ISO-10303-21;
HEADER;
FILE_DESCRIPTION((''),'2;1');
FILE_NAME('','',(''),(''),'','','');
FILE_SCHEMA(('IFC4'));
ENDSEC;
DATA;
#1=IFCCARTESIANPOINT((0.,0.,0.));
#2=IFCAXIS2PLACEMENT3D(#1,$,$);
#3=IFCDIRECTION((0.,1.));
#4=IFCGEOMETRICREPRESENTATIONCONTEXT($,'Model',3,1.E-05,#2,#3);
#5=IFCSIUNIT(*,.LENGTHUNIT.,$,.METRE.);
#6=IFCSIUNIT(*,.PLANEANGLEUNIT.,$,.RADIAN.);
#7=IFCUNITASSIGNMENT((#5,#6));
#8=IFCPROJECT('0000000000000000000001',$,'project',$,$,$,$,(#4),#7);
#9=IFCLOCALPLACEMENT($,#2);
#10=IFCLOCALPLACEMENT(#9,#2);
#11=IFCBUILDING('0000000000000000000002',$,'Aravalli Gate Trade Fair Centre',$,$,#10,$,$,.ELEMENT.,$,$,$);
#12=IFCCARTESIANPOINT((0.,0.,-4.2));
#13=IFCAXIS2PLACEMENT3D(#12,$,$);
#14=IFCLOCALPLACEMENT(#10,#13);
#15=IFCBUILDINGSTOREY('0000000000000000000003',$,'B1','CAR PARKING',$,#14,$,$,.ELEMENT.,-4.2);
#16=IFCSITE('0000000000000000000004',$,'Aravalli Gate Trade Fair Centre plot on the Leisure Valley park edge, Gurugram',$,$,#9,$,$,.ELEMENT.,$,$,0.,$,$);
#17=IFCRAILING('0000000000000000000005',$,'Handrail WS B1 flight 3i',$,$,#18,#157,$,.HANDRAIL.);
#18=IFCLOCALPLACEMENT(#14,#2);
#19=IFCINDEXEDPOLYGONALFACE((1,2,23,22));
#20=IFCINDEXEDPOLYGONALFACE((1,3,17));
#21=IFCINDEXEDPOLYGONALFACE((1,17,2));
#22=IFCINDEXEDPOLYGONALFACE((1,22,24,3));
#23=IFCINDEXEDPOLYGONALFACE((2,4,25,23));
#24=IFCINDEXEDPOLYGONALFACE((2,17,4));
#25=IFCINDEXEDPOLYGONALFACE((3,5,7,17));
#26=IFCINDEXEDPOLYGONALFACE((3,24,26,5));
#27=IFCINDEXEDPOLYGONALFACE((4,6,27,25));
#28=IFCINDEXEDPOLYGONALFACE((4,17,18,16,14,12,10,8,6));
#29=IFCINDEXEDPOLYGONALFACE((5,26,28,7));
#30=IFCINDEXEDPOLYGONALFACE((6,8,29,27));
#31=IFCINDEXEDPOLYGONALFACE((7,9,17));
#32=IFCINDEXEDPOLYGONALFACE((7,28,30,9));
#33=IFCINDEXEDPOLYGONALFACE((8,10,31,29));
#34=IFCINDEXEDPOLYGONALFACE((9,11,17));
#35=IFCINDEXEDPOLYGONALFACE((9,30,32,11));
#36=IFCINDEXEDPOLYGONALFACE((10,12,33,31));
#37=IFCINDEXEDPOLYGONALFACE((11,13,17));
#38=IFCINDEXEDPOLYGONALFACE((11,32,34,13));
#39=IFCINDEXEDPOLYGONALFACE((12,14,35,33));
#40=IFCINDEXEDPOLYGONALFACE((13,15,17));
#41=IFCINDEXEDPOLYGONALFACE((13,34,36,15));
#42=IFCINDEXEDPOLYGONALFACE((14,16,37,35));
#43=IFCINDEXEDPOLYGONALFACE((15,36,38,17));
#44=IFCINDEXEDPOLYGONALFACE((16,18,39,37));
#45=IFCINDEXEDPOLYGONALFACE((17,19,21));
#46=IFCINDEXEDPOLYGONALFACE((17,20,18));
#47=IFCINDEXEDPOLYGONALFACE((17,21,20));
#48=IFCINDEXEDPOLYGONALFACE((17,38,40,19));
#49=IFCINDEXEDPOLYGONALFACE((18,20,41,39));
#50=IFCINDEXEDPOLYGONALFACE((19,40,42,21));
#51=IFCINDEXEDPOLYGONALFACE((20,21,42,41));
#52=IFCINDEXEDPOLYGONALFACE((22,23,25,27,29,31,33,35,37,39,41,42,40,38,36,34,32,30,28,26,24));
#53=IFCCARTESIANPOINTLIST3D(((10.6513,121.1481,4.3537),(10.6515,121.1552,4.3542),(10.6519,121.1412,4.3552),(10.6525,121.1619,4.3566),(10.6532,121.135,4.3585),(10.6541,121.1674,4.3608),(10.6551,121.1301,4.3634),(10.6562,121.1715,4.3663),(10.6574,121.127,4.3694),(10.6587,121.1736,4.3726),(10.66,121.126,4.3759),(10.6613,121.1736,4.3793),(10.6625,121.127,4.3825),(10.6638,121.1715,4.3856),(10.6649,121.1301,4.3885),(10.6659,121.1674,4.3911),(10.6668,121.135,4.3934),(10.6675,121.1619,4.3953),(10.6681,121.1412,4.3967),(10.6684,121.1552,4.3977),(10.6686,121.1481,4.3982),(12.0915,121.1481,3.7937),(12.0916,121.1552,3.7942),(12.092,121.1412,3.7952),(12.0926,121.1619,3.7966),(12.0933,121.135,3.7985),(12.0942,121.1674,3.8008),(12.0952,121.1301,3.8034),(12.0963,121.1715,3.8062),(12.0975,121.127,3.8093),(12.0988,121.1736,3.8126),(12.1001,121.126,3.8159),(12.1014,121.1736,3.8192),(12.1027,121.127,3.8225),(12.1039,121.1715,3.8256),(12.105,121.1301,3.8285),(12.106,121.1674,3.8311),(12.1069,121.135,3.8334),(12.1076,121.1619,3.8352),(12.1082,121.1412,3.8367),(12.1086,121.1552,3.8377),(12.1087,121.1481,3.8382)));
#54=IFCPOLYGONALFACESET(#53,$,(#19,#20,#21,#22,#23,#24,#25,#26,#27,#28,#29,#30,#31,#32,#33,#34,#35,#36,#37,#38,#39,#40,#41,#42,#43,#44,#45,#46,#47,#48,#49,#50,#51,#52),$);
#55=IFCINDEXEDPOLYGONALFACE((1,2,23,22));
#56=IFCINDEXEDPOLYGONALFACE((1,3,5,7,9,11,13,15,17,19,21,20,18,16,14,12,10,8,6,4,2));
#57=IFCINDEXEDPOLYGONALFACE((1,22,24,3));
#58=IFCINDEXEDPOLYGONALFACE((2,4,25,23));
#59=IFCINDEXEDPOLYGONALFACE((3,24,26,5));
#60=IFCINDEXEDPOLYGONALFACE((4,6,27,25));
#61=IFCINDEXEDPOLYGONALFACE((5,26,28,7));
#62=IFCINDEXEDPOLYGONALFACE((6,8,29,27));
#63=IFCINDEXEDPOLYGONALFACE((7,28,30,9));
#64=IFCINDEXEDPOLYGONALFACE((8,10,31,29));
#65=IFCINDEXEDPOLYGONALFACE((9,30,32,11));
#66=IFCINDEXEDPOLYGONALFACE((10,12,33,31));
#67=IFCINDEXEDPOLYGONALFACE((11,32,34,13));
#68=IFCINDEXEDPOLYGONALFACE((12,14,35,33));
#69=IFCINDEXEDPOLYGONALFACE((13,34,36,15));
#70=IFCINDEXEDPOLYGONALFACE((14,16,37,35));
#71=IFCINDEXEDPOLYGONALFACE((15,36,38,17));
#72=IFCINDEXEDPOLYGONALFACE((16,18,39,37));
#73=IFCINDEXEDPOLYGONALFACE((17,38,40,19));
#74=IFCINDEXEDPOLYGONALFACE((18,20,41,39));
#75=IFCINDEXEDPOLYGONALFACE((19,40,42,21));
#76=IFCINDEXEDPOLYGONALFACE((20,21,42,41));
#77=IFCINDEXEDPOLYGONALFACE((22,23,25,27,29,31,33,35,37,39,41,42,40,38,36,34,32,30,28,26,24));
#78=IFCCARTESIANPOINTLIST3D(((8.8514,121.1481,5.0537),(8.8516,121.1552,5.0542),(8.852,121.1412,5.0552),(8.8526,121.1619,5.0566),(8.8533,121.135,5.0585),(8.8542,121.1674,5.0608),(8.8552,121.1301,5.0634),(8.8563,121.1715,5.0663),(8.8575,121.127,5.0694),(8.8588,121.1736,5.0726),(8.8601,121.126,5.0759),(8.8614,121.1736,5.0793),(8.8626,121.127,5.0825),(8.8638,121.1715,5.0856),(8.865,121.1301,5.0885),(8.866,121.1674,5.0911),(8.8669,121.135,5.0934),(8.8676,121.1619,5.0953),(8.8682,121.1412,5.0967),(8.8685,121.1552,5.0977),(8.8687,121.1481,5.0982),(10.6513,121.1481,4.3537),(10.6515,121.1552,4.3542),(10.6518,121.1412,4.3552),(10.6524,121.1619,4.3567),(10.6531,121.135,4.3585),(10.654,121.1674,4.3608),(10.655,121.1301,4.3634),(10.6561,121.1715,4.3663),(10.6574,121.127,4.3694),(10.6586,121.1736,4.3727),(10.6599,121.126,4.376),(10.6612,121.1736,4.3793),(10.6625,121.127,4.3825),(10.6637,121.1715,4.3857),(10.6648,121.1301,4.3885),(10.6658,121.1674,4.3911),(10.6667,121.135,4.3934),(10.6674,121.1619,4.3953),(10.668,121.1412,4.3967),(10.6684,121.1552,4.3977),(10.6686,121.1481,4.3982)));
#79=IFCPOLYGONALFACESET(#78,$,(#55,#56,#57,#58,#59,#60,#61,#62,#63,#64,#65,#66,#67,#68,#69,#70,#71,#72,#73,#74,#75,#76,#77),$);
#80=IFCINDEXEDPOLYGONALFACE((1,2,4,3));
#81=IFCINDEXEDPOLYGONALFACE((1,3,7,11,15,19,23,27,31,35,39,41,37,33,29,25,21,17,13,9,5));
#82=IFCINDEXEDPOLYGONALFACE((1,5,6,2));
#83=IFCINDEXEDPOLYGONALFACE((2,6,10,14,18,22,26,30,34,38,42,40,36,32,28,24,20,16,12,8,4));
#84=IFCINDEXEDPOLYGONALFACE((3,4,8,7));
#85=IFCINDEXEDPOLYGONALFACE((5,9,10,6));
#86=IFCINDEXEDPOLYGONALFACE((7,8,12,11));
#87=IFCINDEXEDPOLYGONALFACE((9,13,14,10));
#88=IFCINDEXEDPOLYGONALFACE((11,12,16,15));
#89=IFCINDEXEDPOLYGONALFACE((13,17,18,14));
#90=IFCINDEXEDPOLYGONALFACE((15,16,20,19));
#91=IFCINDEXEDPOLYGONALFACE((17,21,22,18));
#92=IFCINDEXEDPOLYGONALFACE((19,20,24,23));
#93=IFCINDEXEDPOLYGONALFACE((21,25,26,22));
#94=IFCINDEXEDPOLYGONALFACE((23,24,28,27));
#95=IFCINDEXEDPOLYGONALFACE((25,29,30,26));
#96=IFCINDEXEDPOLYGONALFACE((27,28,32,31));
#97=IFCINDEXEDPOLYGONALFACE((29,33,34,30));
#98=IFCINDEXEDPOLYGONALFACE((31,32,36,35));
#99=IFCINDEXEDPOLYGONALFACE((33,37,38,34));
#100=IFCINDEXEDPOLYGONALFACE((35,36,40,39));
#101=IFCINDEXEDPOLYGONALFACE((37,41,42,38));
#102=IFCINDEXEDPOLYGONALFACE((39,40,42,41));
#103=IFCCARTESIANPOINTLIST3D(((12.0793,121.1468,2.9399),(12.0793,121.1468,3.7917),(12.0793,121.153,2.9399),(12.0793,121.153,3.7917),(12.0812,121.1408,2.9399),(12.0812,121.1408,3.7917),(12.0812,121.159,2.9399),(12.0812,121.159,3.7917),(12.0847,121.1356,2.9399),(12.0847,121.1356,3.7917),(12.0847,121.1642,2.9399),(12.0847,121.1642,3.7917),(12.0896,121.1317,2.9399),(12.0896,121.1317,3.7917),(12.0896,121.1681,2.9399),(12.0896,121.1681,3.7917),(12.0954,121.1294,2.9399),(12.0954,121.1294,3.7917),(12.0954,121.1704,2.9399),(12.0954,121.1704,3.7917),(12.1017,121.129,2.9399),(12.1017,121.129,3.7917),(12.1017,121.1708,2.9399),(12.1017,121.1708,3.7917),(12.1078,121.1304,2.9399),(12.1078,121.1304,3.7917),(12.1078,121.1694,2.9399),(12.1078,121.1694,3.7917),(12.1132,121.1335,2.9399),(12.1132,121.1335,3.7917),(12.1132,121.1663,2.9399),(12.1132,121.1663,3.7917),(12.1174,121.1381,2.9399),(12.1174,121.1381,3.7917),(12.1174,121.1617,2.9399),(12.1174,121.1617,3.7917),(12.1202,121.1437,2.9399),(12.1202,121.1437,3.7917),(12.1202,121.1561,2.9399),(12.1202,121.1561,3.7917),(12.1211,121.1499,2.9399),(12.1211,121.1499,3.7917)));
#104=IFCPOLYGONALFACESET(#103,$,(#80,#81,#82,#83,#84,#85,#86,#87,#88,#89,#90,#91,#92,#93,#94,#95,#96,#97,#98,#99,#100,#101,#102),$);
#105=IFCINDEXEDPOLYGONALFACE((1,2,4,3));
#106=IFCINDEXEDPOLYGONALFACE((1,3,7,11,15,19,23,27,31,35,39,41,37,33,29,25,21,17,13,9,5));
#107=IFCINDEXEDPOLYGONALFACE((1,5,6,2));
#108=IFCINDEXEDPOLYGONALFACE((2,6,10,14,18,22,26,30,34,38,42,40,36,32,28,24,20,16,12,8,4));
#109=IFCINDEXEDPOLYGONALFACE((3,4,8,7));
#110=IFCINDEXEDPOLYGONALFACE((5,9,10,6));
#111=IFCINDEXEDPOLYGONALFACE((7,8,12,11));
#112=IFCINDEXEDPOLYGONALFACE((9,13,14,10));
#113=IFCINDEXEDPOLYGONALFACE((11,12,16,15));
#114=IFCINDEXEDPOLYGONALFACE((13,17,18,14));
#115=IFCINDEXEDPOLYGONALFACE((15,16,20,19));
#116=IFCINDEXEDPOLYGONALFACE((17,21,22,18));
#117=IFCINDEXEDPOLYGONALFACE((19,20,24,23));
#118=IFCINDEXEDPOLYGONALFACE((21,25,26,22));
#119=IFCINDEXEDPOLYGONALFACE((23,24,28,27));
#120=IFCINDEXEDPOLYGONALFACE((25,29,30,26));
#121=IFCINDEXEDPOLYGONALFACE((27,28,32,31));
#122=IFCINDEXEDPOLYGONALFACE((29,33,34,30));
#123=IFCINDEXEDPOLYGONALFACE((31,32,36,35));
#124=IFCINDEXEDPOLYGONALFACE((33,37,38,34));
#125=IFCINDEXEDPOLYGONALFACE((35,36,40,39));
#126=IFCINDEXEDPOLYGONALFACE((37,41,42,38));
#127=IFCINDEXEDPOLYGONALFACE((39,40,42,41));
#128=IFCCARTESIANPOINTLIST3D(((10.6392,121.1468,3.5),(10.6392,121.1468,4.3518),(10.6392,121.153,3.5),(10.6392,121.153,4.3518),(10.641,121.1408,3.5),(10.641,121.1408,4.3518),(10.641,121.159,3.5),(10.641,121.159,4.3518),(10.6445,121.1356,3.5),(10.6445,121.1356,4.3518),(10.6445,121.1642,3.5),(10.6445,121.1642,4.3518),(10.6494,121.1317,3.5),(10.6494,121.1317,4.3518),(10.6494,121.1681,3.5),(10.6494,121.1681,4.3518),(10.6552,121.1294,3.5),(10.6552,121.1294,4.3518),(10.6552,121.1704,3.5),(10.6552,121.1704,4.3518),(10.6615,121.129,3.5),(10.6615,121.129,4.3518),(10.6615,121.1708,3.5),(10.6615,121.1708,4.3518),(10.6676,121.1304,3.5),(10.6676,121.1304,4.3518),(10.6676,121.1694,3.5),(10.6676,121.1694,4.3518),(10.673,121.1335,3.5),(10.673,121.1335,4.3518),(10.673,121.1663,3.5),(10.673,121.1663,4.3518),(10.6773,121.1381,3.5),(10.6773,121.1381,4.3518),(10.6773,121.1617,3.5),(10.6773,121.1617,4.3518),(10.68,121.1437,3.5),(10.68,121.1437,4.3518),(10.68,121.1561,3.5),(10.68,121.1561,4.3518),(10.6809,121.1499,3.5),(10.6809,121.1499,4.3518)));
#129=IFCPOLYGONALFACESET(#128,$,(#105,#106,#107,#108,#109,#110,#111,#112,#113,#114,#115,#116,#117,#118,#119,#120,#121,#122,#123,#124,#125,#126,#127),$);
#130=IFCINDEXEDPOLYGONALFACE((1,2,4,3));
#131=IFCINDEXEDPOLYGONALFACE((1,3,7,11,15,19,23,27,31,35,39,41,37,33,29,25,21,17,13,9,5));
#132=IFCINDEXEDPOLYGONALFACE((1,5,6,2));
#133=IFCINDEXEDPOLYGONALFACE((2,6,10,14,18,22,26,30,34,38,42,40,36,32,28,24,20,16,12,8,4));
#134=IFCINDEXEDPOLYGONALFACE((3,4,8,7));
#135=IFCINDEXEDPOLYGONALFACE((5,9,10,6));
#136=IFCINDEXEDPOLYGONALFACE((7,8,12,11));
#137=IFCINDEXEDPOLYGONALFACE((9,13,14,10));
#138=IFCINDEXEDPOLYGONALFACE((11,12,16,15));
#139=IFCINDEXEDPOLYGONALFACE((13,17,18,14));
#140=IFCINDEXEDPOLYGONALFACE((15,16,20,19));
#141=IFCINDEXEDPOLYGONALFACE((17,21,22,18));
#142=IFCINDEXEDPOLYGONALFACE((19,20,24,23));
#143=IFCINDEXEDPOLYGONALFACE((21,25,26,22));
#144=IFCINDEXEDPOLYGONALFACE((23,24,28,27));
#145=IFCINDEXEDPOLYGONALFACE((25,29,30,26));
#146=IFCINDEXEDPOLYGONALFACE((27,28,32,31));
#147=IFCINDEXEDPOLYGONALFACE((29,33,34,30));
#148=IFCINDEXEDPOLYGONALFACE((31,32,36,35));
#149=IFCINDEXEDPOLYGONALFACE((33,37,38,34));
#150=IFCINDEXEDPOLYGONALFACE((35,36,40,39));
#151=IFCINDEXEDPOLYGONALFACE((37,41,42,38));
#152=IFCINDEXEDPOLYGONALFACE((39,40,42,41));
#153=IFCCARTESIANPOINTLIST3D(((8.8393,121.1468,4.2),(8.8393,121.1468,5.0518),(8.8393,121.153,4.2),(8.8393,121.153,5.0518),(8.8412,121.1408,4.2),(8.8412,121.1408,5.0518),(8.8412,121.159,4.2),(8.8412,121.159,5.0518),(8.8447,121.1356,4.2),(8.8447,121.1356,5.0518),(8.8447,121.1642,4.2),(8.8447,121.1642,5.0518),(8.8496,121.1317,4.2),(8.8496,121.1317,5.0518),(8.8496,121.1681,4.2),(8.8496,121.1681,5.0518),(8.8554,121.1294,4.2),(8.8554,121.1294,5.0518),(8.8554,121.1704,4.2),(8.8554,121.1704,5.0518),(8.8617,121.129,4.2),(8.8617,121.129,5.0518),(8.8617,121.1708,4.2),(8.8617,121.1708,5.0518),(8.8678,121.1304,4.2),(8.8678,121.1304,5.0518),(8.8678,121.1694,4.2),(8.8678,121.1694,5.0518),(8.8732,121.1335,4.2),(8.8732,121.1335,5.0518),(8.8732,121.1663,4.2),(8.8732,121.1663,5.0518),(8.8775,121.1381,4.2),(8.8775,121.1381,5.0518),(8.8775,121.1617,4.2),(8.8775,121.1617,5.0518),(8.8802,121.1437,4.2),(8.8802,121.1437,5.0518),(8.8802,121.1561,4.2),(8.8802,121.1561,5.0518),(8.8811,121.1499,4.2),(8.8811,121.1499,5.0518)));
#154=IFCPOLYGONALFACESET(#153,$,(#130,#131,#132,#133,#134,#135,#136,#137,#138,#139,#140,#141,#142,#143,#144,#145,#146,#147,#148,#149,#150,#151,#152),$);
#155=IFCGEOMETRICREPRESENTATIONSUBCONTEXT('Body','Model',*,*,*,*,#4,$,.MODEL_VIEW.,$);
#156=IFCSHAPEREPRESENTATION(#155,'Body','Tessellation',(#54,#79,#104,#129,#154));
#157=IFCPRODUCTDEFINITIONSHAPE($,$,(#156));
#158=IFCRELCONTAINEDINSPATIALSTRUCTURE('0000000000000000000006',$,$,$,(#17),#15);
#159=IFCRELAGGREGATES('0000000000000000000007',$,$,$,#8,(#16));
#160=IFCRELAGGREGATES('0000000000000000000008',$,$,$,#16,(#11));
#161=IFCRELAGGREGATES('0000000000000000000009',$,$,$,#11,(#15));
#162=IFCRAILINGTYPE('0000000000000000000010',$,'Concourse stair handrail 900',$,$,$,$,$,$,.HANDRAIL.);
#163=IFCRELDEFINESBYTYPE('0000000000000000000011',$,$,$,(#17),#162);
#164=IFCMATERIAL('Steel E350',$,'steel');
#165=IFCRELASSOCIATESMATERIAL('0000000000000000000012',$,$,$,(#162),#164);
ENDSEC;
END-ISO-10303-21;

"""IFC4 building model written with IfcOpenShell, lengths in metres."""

from ifc_helpers import new_model, si_unit, direction, frame, origin, origin_2d, place, context, subcontext, project, spatial, circle, extrude, material, type_object, element, save


model = new_model("IFC4")

# Units and contexts
model_context = context("Model", 3, precision=1e-05, world=origin(), true_north=direction((0.0, 1.0)))
body_context = subcontext(model_context, "Body", "Model", "MODEL_VIEW")
ifc_project = project(units=[si_unit("LENGTHUNIT", "METRE"), si_unit("PLANEANGLEUNIT", "RADIAN")], contexts=[model_context])

# Site, building, storey
site_placement = place(None, origin())
site = spatial("IfcSite", under=ifc_project, at=site_placement, Name="Aravalli Gate Trade Fair Centre plot on the Leisure Valley park edge, Gurugram", CompositionType="ELEMENT", RefElevation=0.0)
building_placement = place(site_placement, origin())
building = spatial("IfcBuilding", under=site, at=building_placement, Name="Aravalli Gate Trade Fair Centre", CompositionType="ELEMENT")
storey_placement = place(building_placement, frame((0.0, 0.0, -4.2)))
storey = spatial("IfcBuildingStorey", under=building, at=storey_placement, Name="B1", Description="CAR PARKING", CompositionType="ELEMENT", Elevation=-4.2)

# Railing
ifc_material_1 = material(Name="Steel E350", Category="steel")
railing_type = type_object("IfcRailingType", Name="Concourse stair handrail 900", PredefinedType="HANDRAIL", material=ifc_material_1)
for number, where, name in (
    (1, (12.1001, 121.1499, 2.9399), "Handrail WS B1 flight 3i"),
):
    element("IfcRailing", number, at=place(storey_placement, frame(where)), inside=storey, type_object=railing_type, Name=name, PredefinedType="HANDRAIL", context=body_context, shape_type="SweptSolid", body=[
        extrude(circle(Radius=0.0239, at=origin_2d()), frame((0.0, 0.0, 0.876), z_axis=(-0.932008, 0.0, 0.362439), x_axis=(0.0, -1.0, 0.0)), (0.0, 0.0, 1.0), 1.5452),
        extrude(circle(Radius=0.0239, at=origin_2d()), frame((-1.4402, 0.0, 1.436), z_axis=(-0.932, 0.0, 0.362458), x_axis=(0.0, -1.0, 0.0)), (0.0, 0.0, 1.0), 1.9312),
        extrude(circle(Radius=0.021, at=origin_2d()), origin(), (0.0, 0.0, 1.0), 0.8518),
        extrude(circle(Radius=0.021, at=origin_2d()), frame((-1.4402, 0.0, 0.5601)), (0.0, 0.0, 1.0), 0.8518),
        extrude(circle(Radius=0.021, at=origin_2d()), frame((-3.24, 0.0, 1.26)), (0.0, 0.0, 1.0), 0.8518),
    ])

save(model, "model.ifc")
